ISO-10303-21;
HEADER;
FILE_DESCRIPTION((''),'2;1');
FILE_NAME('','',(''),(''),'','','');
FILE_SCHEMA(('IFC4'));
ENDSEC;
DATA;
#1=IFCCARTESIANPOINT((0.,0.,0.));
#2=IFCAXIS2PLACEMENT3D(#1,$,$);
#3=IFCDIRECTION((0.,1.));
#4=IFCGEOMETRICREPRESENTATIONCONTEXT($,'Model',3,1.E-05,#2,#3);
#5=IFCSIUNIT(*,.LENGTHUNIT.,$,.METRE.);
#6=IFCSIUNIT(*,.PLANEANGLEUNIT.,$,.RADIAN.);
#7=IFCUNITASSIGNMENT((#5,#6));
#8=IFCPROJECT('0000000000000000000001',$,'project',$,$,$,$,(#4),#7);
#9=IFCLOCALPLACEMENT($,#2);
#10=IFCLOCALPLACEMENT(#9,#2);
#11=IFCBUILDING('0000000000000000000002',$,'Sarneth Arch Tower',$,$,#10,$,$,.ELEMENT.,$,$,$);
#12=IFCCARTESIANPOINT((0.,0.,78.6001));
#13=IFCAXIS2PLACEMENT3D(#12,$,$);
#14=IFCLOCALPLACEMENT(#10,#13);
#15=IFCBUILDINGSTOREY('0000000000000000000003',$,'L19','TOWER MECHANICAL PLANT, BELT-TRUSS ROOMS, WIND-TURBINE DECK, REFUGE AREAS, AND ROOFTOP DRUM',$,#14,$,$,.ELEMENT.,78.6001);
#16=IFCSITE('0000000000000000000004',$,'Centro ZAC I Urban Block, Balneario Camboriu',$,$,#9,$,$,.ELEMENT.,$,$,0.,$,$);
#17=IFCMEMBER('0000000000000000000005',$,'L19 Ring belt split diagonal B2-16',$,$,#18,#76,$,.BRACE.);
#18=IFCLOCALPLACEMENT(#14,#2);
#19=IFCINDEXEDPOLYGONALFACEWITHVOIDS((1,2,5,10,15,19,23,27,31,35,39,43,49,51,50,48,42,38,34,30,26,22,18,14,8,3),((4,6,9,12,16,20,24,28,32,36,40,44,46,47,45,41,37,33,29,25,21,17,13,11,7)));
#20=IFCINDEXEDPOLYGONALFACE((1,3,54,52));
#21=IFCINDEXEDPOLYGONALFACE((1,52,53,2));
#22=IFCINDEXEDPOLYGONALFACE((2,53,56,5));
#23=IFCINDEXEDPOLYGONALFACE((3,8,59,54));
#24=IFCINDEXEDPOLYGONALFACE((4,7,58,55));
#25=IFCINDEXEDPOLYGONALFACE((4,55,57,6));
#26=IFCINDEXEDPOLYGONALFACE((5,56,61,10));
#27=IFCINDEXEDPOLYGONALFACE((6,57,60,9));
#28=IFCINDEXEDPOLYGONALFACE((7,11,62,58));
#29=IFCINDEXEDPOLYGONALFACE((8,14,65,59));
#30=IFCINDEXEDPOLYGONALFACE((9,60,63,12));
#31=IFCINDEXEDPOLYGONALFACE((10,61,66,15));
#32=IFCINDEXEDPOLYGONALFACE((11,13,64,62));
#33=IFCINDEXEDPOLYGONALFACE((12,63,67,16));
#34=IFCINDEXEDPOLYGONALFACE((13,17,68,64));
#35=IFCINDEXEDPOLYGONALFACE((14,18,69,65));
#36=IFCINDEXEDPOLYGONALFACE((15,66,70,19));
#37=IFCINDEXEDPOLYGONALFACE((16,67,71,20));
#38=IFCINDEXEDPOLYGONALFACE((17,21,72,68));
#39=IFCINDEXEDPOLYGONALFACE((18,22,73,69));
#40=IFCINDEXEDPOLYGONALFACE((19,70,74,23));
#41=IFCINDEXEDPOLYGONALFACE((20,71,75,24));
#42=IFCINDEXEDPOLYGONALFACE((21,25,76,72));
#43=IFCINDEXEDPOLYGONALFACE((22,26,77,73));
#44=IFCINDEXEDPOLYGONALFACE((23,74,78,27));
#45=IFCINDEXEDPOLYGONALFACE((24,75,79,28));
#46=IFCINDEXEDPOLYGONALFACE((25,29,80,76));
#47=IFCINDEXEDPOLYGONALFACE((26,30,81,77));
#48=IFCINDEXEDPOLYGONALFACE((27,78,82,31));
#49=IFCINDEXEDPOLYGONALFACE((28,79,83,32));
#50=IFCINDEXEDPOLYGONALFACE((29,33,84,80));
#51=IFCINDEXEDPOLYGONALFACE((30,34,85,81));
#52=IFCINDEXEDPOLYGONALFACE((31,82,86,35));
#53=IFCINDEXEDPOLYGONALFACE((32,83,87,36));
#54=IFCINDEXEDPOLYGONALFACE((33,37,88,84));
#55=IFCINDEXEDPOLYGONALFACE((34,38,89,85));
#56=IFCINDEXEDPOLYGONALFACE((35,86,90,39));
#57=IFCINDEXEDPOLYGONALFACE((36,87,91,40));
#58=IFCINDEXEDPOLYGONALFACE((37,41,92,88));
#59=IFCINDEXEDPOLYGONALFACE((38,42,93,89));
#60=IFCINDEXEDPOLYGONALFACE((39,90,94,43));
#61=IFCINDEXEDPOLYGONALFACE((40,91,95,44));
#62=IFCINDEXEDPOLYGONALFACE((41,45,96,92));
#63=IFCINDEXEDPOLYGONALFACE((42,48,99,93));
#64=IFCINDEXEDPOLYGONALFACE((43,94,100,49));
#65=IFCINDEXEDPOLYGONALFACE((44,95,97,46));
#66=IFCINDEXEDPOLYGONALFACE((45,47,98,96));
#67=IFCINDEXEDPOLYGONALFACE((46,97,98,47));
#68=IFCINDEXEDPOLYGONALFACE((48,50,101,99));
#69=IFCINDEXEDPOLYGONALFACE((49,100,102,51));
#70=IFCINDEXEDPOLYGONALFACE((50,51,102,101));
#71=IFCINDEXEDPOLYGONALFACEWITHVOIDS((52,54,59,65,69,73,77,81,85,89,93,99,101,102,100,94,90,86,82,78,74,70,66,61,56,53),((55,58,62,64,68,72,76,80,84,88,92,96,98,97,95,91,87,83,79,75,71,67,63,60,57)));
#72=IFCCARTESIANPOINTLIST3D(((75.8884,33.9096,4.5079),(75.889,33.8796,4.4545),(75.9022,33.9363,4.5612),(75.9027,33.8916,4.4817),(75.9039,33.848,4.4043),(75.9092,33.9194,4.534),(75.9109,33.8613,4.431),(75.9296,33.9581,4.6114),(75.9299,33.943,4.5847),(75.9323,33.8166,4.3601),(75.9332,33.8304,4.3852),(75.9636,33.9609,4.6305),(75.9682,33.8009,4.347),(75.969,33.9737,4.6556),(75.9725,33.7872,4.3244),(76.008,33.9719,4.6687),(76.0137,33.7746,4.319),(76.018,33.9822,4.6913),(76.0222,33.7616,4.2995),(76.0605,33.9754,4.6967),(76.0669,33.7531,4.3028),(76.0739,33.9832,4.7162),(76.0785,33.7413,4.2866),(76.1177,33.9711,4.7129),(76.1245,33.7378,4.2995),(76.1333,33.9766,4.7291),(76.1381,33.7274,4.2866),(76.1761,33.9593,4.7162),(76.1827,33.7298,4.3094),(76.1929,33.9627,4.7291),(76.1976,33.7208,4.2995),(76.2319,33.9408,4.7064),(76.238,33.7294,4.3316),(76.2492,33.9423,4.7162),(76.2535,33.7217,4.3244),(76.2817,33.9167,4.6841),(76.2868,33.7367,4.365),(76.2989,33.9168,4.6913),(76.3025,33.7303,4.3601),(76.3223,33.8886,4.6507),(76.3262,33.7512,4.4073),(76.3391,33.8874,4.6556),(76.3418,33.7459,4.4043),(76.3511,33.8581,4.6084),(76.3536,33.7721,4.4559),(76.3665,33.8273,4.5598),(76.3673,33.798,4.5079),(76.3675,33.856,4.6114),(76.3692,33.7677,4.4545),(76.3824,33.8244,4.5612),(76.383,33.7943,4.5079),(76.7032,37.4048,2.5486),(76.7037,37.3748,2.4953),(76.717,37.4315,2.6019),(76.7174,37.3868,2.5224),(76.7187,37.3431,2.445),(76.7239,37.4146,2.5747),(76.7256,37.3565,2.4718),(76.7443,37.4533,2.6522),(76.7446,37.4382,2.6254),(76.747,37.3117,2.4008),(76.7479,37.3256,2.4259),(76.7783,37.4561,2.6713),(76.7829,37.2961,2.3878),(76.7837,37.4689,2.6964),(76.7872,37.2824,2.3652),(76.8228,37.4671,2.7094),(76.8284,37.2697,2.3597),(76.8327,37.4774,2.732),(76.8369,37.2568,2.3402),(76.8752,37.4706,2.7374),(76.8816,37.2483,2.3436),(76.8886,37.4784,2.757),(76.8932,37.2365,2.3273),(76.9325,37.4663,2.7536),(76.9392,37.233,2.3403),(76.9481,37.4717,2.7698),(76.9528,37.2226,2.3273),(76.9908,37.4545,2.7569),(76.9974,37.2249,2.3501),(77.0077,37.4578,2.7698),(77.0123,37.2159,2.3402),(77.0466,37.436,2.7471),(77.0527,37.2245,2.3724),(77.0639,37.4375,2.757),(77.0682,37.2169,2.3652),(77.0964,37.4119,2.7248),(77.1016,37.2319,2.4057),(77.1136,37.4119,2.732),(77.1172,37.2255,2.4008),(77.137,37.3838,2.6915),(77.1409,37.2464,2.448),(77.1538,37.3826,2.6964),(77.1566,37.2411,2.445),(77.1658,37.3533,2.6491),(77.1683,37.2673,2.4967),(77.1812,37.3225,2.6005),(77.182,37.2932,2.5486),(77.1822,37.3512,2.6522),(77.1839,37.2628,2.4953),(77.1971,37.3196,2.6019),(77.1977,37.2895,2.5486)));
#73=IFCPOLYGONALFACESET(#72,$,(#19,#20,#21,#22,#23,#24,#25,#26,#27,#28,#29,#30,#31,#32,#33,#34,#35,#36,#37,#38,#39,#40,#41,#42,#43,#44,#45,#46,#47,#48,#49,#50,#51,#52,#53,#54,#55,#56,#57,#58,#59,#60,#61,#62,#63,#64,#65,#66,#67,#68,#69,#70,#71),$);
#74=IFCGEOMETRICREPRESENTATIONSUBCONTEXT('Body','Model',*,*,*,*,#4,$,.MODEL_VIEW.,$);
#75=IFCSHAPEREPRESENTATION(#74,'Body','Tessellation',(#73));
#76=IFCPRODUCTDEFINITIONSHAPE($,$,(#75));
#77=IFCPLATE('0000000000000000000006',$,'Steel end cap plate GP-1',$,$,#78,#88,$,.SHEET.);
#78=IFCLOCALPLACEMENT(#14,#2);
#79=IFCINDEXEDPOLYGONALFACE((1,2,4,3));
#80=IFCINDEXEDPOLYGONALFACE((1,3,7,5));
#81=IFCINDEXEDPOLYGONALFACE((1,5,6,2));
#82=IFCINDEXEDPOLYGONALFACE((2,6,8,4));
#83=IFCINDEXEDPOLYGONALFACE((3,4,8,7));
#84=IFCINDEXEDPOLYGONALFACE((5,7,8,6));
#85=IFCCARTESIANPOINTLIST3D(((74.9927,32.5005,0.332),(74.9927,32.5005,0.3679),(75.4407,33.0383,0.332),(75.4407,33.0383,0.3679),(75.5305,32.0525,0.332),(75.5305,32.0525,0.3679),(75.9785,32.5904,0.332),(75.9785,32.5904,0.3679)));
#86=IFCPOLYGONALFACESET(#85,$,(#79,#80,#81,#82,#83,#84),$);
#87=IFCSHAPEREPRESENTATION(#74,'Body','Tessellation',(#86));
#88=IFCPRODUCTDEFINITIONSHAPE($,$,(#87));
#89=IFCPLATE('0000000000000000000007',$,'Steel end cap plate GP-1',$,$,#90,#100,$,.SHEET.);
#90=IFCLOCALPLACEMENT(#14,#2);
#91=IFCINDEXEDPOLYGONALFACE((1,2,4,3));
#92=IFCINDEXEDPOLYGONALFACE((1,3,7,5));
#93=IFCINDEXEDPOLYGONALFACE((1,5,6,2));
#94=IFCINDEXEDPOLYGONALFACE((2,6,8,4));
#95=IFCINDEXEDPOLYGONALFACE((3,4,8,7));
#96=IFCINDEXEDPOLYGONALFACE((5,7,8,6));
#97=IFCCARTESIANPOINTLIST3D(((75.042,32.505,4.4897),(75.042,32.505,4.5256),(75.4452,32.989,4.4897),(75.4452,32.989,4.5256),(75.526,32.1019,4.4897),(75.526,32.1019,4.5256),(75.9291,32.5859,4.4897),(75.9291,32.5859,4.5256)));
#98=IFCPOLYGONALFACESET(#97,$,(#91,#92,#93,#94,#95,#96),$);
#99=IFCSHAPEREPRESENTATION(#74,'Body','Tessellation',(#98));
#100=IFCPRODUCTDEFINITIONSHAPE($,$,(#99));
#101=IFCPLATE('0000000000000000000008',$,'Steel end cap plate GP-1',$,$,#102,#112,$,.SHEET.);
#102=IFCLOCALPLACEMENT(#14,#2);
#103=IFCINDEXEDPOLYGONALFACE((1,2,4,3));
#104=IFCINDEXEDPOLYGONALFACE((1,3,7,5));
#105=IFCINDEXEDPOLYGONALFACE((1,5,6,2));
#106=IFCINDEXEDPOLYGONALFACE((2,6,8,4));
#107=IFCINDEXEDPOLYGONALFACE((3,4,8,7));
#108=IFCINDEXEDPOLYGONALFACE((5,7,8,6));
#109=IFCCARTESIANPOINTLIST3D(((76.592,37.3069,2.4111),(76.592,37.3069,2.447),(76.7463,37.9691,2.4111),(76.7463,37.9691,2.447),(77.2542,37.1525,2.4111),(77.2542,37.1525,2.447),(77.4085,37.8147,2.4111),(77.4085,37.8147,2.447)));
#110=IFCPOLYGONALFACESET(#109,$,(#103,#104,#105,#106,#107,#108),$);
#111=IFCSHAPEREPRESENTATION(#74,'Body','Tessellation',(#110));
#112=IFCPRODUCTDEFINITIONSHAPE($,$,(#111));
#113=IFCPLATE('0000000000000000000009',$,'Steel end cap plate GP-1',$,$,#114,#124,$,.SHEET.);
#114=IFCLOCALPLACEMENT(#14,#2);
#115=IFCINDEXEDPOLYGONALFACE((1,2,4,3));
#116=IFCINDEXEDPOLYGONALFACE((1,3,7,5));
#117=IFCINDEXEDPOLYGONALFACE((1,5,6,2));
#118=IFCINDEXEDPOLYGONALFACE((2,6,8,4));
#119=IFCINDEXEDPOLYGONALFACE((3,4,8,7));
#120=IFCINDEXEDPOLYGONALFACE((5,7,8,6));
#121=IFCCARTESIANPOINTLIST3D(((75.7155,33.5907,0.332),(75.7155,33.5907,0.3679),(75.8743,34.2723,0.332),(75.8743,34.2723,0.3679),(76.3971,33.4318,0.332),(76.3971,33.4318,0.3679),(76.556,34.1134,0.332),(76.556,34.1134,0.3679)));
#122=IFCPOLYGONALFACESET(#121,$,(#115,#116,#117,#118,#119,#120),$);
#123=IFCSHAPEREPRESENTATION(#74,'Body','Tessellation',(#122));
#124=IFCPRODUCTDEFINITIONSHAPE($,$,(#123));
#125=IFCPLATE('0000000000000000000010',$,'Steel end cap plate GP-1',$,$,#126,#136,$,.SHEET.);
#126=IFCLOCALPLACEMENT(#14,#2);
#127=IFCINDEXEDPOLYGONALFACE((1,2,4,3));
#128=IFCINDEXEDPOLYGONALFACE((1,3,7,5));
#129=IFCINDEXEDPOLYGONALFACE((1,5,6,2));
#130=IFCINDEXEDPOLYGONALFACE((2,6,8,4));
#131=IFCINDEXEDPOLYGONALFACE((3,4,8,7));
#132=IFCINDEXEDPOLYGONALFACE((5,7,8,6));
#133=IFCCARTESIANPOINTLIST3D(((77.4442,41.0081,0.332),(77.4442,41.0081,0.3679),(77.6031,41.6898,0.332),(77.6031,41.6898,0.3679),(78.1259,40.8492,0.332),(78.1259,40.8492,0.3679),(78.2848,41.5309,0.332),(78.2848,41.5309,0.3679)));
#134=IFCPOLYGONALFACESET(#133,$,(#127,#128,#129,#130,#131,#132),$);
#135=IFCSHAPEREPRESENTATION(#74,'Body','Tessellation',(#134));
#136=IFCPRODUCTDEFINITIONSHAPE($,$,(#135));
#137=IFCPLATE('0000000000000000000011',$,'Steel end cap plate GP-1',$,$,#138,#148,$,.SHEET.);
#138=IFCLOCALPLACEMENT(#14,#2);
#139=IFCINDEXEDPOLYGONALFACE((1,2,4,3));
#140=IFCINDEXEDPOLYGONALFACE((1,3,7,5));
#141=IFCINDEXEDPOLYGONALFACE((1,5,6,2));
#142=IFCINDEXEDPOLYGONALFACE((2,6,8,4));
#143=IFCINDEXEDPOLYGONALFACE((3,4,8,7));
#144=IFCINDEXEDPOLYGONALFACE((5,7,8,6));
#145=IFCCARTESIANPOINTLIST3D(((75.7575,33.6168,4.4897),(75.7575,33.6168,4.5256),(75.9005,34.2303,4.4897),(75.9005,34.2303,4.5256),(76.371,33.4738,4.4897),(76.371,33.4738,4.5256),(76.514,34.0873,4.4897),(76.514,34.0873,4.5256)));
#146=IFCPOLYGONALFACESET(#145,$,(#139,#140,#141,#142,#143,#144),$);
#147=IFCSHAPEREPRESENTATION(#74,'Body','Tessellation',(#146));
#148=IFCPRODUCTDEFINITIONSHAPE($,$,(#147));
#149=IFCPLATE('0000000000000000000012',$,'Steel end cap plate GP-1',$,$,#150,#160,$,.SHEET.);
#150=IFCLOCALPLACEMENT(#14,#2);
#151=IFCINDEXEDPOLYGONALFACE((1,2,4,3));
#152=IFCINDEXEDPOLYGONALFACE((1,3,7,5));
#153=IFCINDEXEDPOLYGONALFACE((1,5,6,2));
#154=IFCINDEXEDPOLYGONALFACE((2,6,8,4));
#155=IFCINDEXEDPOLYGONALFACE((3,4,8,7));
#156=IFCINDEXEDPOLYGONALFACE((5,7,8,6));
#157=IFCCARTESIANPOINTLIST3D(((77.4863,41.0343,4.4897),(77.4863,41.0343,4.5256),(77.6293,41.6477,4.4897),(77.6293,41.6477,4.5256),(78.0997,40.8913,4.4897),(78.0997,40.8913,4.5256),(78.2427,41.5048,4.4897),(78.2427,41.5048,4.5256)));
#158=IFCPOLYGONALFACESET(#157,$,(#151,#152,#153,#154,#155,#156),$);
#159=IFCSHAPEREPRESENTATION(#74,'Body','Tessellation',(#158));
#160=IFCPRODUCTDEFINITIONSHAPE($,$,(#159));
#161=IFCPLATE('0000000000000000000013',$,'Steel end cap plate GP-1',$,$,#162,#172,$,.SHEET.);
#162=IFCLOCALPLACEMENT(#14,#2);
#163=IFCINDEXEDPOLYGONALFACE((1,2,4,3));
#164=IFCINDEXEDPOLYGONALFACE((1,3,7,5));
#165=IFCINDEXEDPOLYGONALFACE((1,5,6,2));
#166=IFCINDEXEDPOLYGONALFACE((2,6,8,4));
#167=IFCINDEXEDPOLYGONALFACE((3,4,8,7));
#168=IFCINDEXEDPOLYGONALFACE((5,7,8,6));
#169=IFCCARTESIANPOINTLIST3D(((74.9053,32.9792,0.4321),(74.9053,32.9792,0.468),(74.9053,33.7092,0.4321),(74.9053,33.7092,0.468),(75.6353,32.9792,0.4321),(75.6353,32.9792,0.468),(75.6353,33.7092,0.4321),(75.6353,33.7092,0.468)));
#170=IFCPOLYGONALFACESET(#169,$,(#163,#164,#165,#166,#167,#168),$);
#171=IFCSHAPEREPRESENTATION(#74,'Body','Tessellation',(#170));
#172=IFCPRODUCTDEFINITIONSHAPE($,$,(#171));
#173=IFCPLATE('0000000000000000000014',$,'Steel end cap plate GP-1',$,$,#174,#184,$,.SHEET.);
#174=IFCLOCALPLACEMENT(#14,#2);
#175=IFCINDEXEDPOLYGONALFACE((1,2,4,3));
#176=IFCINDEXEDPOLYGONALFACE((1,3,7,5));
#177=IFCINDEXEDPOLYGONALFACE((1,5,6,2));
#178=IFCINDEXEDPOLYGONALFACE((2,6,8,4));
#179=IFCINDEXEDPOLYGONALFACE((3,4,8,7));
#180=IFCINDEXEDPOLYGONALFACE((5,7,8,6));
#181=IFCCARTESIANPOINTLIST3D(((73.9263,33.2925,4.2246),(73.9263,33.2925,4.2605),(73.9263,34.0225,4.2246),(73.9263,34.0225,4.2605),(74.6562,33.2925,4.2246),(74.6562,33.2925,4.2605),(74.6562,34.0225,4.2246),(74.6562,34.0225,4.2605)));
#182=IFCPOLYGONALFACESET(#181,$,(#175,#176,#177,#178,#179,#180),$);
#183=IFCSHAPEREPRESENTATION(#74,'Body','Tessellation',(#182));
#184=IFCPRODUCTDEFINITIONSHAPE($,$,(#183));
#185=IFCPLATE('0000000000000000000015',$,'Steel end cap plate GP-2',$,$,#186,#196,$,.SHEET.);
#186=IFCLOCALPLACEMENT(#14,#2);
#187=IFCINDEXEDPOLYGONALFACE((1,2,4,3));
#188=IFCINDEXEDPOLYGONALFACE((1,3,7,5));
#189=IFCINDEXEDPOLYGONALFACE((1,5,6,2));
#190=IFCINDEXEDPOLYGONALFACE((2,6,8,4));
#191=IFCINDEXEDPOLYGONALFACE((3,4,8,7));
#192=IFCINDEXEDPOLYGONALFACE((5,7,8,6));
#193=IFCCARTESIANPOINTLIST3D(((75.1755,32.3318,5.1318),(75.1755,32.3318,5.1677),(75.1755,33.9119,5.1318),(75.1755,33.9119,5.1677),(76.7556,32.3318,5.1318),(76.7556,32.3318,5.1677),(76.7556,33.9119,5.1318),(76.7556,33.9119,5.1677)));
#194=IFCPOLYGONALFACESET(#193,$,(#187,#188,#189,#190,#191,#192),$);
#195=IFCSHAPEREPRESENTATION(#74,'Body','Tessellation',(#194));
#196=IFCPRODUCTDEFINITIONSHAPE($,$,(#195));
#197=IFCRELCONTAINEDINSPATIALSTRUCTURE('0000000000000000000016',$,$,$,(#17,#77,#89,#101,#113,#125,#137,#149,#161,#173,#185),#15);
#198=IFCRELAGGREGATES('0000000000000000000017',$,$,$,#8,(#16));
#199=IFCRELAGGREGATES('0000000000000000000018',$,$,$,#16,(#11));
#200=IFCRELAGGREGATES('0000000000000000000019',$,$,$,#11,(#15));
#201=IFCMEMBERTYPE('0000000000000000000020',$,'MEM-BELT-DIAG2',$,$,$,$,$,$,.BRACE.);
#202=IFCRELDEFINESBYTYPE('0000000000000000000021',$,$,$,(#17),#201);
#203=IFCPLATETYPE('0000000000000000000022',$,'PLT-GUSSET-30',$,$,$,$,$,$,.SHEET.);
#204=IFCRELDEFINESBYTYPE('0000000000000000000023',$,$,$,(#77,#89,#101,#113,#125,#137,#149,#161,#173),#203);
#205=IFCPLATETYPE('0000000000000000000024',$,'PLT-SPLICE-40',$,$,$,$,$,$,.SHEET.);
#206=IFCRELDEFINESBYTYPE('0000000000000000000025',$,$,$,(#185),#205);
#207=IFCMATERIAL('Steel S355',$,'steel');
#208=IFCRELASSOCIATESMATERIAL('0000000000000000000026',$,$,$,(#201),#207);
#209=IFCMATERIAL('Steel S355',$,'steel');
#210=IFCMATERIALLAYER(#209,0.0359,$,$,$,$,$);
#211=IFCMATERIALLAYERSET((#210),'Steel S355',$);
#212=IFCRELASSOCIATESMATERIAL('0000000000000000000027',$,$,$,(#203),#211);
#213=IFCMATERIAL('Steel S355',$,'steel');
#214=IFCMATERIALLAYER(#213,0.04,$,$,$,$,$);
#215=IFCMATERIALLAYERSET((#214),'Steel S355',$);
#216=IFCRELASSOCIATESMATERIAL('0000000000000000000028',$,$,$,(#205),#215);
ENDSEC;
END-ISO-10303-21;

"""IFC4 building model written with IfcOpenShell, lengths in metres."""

from ifc_helpers import new_model, si_unit, direction, frame, origin, origin_2d, place, context, subcontext, project, spatial, rectangle, hollow_circle, extrude, material, layer, layer_set, material_profile, profile_set, type_object, element, save


model = new_model("IFC4")

# Units and contexts
model_context = context("Model", 3, precision=1e-05, world=origin(), true_north=direction((0.0, 1.0)))
body_context = subcontext(model_context, "Body", "Model", "MODEL_VIEW")
ifc_project = project(units=[si_unit("LENGTHUNIT", "METRE"), si_unit("PLANEANGLEUNIT", "RADIAN")], contexts=[model_context])

# Site, building, storey
site_placement = place(None, origin())
site = spatial("IfcSite", under=ifc_project, at=site_placement, Name="Centro ZAC I Urban Block, Balneario Camboriu", CompositionType="ELEMENT", RefElevation=0.0)
building_placement = place(site_placement, origin())
building = spatial("IfcBuilding", under=site, at=building_placement, Name="Sarneth Arch Tower", CompositionType="ELEMENT")
storey_placement = place(building_placement, frame((0.0, 0.0, 78.6001)))
storey = spatial("IfcBuildingStorey", under=building, at=storey_placement, Name="L19", Description="TOWER MECHANICAL PLANT, BELT-TRUSS ROOMS, WIND-TURBINE DECK, REFUGE AREAS, AND ROOFTOP DRUM", CompositionType="ELEMENT", Elevation=78.6001)

# Member
ifc_material_1 = material(Name="Steel S355", Category="steel")
ifc_material_profile_1 = material_profile(ifc_material_1, hollow_circle(Radius=0.2539, WallThickness=0.0161, at=origin_2d()), Name="CHS508x16")
ifc_profile_set_1 = profile_set([ifc_material_profile_1], Name="Steel S355")
member_type_1 = type_object("IfcMemberType", Name="MEM-BELT-DIAG2", PredefinedType="BRACE", material=ifc_profile_set_1)
member_1_placement = place(storey_placement, frame((76.9504, 37.3472, 2.5486), z_axis=(-0.199252, -0.854806, 0.479171), x_axis=(0.973892, -0.22701, 0.0)))
element("IfcMember", 1, at=member_1_placement, inside=storey, type_object=member_type_1, Name="L19 Ring belt split diagonal B2-16", PredefinedType="BRACE", context=body_context, shape_type="SweptSolid", body=[
    extrude(hollow_circle(Radius=0.2539, WallThickness=0.0161, at=origin_2d()), origin(), (0.0, 0.0, 1.0), 4.0889),
])

# Plates
ifc_material_2 = material(Name="Steel S355", Category="steel")
ifc_layer_1 = layer(ifc_material_2, 0.0359)
ifc_layer_set_1 = layer_set([ifc_layer_1], Name="Steel S355")
plate_type_1 = type_object("IfcPlateType", Name="PLT-GUSSET-30", PredefinedType="SHEET", material=ifc_layer_set_1)
plate_1_placement = place(storey_placement, frame((75.4856, 32.5454, 0.332), z_axis=(0.0, 0.0, 1.0), x_axis=(0.639976, 0.768395, 0.0)))
element("IfcPlate", 2, at=plate_1_placement, inside=storey, type_object=plate_type_1, Name="Steel end cap plate GP-1", PredefinedType="SHEET", context=body_context, shape_type="SweptSolid", body=[
    extrude(rectangle(XDim=0.7, YDim=0.7, at=origin_2d()), origin(), (0.0, 0.0, 1.0), 0.0359),
])
plate_2_placement = place(storey_placement, frame((75.4856, 32.5454, 4.4897), z_axis=(0.0, 0.0, 1.0), x_axis=(0.639976, 0.768395, 0.0)))
element("IfcPlate", 3, at=plate_2_placement, inside=storey, type_object=plate_type_1, Name="Steel end cap plate GP-1", PredefinedType="SHEET", context=body_context, shape_type="SweptSolid", body=[
    extrude(rectangle(XDim=0.6299, YDim=0.6299, at=origin_2d()), origin(), (0.0, 0.0, 1.0), 0.0359),
])
plate_3_placement = place(storey_placement, frame((77.0002, 37.5608, 2.4111), z_axis=(0.0, 0.0, 1.0), x_axis=(0.226991, 0.973897, 0.0)))
element("IfcPlate", 4, at=plate_3_placement, inside=storey, type_object=plate_type_1, Name="Steel end cap plate GP-1", PredefinedType="SHEET", context=body_context, shape_type="SweptSolid", body=[
    extrude(rectangle(XDim=0.6799, YDim=0.6799, at=origin_2d()), origin(), (0.0, 0.0, 1.0), 0.0359),
])
for number, where, z_axis, x_axis, name in (
    (5, (76.1357, 33.8521, 0.332), (0.0, 0.0, 1.0), (-0.226991, -0.973897, 0.0), "Steel end cap plate GP-1"),
    (6, (77.8645, 41.2695, 0.332), (0.0, 0.0, 1.0), (0.226991, 0.973897, 0.0), "Steel end cap plate GP-1"),
):
    element("IfcPlate", number, at=place(storey_placement, frame(where, z_axis=z_axis, x_axis=x_axis)), inside=storey, type_object=plate_type_1, Name=name, PredefinedType="SHEET", context=body_context, shape_type="SweptSolid", body=[
        extrude(rectangle(XDim=0.7, YDim=0.7, at=origin_2d()), origin(), (0.0, 0.0, 1.0), 0.0359),
    ])
for number, where, z_axis, x_axis, name in (
    (7, (76.1357, 33.8521, 4.4897), (0.0, 0.0, 1.0), (-0.226991, -0.973897, 0.0), "Steel end cap plate GP-1"),
    (8, (77.8645, 41.2695, 4.4897), (0.0, 0.0, 1.0), (0.226991, 0.973897, 0.0), "Steel end cap plate GP-1"),
):
    element("IfcPlate", number, at=place(storey_placement, frame(where, z_axis=z_axis, x_axis=x_axis)), inside=storey, type_object=plate_type_1, Name=name, PredefinedType="SHEET", context=body_context, shape_type="SweptSolid", body=[
        extrude(rectangle(XDim=0.6299, YDim=0.6299, at=origin_2d()), origin(), (0.0, 0.0, 1.0), 0.0359),
    ])
for number, where, z_axis, x_axis, name in (
    (9, (75.2703, 33.3442, 0.4321), (0.0, 0.0, 1.0), (1.0, 0.0, 0.0), "Steel end cap plate GP-1"),
    (10, (74.2913, 33.6575, 4.2246), (0.0, 0.0, 1.0), (1.0, 0.0, 0.0), "Steel end cap plate GP-1"),
):
    element("IfcPlate", number, at=place(storey_placement, frame(where, z_axis=z_axis, x_axis=x_axis)), inside=storey, type_object=plate_type_1, Name=name, PredefinedType="SHEET", context=body_context, shape_type="SweptSolid", body=[
        extrude(rectangle(XDim=0.73, YDim=0.73, at=origin_2d()), origin(), (0.0, 0.0, 1.0), 0.0359),
    ])
ifc_material_3 = material(Name="Steel S355", Category="steel")
ifc_layer_2 = layer(ifc_material_3, 0.04)
ifc_layer_set_2 = layer_set([ifc_layer_2], Name="Steel S355")
plate_type_2 = type_object("IfcPlateType", Name="PLT-SPLICE-40", PredefinedType="SHEET", material=ifc_layer_set_2)
plate_4_placement = place(storey_placement, frame((75.9656, 33.1218, 5.1318), z_axis=(0.0, 0.0, 1.0), x_axis=(1.0, 0.0, 0.0)))
element("IfcPlate", 11, at=plate_4_placement, inside=storey, type_object=plate_type_2, Name="Steel end cap plate GP-2", PredefinedType="SHEET", context=body_context, shape_type="SweptSolid", body=[
    extrude(rectangle(XDim=1.5801, YDim=1.5801, at=origin_2d()), origin(), (0.0, 0.0, 1.0), 0.0359),
])

save(model, "model.ifc")
